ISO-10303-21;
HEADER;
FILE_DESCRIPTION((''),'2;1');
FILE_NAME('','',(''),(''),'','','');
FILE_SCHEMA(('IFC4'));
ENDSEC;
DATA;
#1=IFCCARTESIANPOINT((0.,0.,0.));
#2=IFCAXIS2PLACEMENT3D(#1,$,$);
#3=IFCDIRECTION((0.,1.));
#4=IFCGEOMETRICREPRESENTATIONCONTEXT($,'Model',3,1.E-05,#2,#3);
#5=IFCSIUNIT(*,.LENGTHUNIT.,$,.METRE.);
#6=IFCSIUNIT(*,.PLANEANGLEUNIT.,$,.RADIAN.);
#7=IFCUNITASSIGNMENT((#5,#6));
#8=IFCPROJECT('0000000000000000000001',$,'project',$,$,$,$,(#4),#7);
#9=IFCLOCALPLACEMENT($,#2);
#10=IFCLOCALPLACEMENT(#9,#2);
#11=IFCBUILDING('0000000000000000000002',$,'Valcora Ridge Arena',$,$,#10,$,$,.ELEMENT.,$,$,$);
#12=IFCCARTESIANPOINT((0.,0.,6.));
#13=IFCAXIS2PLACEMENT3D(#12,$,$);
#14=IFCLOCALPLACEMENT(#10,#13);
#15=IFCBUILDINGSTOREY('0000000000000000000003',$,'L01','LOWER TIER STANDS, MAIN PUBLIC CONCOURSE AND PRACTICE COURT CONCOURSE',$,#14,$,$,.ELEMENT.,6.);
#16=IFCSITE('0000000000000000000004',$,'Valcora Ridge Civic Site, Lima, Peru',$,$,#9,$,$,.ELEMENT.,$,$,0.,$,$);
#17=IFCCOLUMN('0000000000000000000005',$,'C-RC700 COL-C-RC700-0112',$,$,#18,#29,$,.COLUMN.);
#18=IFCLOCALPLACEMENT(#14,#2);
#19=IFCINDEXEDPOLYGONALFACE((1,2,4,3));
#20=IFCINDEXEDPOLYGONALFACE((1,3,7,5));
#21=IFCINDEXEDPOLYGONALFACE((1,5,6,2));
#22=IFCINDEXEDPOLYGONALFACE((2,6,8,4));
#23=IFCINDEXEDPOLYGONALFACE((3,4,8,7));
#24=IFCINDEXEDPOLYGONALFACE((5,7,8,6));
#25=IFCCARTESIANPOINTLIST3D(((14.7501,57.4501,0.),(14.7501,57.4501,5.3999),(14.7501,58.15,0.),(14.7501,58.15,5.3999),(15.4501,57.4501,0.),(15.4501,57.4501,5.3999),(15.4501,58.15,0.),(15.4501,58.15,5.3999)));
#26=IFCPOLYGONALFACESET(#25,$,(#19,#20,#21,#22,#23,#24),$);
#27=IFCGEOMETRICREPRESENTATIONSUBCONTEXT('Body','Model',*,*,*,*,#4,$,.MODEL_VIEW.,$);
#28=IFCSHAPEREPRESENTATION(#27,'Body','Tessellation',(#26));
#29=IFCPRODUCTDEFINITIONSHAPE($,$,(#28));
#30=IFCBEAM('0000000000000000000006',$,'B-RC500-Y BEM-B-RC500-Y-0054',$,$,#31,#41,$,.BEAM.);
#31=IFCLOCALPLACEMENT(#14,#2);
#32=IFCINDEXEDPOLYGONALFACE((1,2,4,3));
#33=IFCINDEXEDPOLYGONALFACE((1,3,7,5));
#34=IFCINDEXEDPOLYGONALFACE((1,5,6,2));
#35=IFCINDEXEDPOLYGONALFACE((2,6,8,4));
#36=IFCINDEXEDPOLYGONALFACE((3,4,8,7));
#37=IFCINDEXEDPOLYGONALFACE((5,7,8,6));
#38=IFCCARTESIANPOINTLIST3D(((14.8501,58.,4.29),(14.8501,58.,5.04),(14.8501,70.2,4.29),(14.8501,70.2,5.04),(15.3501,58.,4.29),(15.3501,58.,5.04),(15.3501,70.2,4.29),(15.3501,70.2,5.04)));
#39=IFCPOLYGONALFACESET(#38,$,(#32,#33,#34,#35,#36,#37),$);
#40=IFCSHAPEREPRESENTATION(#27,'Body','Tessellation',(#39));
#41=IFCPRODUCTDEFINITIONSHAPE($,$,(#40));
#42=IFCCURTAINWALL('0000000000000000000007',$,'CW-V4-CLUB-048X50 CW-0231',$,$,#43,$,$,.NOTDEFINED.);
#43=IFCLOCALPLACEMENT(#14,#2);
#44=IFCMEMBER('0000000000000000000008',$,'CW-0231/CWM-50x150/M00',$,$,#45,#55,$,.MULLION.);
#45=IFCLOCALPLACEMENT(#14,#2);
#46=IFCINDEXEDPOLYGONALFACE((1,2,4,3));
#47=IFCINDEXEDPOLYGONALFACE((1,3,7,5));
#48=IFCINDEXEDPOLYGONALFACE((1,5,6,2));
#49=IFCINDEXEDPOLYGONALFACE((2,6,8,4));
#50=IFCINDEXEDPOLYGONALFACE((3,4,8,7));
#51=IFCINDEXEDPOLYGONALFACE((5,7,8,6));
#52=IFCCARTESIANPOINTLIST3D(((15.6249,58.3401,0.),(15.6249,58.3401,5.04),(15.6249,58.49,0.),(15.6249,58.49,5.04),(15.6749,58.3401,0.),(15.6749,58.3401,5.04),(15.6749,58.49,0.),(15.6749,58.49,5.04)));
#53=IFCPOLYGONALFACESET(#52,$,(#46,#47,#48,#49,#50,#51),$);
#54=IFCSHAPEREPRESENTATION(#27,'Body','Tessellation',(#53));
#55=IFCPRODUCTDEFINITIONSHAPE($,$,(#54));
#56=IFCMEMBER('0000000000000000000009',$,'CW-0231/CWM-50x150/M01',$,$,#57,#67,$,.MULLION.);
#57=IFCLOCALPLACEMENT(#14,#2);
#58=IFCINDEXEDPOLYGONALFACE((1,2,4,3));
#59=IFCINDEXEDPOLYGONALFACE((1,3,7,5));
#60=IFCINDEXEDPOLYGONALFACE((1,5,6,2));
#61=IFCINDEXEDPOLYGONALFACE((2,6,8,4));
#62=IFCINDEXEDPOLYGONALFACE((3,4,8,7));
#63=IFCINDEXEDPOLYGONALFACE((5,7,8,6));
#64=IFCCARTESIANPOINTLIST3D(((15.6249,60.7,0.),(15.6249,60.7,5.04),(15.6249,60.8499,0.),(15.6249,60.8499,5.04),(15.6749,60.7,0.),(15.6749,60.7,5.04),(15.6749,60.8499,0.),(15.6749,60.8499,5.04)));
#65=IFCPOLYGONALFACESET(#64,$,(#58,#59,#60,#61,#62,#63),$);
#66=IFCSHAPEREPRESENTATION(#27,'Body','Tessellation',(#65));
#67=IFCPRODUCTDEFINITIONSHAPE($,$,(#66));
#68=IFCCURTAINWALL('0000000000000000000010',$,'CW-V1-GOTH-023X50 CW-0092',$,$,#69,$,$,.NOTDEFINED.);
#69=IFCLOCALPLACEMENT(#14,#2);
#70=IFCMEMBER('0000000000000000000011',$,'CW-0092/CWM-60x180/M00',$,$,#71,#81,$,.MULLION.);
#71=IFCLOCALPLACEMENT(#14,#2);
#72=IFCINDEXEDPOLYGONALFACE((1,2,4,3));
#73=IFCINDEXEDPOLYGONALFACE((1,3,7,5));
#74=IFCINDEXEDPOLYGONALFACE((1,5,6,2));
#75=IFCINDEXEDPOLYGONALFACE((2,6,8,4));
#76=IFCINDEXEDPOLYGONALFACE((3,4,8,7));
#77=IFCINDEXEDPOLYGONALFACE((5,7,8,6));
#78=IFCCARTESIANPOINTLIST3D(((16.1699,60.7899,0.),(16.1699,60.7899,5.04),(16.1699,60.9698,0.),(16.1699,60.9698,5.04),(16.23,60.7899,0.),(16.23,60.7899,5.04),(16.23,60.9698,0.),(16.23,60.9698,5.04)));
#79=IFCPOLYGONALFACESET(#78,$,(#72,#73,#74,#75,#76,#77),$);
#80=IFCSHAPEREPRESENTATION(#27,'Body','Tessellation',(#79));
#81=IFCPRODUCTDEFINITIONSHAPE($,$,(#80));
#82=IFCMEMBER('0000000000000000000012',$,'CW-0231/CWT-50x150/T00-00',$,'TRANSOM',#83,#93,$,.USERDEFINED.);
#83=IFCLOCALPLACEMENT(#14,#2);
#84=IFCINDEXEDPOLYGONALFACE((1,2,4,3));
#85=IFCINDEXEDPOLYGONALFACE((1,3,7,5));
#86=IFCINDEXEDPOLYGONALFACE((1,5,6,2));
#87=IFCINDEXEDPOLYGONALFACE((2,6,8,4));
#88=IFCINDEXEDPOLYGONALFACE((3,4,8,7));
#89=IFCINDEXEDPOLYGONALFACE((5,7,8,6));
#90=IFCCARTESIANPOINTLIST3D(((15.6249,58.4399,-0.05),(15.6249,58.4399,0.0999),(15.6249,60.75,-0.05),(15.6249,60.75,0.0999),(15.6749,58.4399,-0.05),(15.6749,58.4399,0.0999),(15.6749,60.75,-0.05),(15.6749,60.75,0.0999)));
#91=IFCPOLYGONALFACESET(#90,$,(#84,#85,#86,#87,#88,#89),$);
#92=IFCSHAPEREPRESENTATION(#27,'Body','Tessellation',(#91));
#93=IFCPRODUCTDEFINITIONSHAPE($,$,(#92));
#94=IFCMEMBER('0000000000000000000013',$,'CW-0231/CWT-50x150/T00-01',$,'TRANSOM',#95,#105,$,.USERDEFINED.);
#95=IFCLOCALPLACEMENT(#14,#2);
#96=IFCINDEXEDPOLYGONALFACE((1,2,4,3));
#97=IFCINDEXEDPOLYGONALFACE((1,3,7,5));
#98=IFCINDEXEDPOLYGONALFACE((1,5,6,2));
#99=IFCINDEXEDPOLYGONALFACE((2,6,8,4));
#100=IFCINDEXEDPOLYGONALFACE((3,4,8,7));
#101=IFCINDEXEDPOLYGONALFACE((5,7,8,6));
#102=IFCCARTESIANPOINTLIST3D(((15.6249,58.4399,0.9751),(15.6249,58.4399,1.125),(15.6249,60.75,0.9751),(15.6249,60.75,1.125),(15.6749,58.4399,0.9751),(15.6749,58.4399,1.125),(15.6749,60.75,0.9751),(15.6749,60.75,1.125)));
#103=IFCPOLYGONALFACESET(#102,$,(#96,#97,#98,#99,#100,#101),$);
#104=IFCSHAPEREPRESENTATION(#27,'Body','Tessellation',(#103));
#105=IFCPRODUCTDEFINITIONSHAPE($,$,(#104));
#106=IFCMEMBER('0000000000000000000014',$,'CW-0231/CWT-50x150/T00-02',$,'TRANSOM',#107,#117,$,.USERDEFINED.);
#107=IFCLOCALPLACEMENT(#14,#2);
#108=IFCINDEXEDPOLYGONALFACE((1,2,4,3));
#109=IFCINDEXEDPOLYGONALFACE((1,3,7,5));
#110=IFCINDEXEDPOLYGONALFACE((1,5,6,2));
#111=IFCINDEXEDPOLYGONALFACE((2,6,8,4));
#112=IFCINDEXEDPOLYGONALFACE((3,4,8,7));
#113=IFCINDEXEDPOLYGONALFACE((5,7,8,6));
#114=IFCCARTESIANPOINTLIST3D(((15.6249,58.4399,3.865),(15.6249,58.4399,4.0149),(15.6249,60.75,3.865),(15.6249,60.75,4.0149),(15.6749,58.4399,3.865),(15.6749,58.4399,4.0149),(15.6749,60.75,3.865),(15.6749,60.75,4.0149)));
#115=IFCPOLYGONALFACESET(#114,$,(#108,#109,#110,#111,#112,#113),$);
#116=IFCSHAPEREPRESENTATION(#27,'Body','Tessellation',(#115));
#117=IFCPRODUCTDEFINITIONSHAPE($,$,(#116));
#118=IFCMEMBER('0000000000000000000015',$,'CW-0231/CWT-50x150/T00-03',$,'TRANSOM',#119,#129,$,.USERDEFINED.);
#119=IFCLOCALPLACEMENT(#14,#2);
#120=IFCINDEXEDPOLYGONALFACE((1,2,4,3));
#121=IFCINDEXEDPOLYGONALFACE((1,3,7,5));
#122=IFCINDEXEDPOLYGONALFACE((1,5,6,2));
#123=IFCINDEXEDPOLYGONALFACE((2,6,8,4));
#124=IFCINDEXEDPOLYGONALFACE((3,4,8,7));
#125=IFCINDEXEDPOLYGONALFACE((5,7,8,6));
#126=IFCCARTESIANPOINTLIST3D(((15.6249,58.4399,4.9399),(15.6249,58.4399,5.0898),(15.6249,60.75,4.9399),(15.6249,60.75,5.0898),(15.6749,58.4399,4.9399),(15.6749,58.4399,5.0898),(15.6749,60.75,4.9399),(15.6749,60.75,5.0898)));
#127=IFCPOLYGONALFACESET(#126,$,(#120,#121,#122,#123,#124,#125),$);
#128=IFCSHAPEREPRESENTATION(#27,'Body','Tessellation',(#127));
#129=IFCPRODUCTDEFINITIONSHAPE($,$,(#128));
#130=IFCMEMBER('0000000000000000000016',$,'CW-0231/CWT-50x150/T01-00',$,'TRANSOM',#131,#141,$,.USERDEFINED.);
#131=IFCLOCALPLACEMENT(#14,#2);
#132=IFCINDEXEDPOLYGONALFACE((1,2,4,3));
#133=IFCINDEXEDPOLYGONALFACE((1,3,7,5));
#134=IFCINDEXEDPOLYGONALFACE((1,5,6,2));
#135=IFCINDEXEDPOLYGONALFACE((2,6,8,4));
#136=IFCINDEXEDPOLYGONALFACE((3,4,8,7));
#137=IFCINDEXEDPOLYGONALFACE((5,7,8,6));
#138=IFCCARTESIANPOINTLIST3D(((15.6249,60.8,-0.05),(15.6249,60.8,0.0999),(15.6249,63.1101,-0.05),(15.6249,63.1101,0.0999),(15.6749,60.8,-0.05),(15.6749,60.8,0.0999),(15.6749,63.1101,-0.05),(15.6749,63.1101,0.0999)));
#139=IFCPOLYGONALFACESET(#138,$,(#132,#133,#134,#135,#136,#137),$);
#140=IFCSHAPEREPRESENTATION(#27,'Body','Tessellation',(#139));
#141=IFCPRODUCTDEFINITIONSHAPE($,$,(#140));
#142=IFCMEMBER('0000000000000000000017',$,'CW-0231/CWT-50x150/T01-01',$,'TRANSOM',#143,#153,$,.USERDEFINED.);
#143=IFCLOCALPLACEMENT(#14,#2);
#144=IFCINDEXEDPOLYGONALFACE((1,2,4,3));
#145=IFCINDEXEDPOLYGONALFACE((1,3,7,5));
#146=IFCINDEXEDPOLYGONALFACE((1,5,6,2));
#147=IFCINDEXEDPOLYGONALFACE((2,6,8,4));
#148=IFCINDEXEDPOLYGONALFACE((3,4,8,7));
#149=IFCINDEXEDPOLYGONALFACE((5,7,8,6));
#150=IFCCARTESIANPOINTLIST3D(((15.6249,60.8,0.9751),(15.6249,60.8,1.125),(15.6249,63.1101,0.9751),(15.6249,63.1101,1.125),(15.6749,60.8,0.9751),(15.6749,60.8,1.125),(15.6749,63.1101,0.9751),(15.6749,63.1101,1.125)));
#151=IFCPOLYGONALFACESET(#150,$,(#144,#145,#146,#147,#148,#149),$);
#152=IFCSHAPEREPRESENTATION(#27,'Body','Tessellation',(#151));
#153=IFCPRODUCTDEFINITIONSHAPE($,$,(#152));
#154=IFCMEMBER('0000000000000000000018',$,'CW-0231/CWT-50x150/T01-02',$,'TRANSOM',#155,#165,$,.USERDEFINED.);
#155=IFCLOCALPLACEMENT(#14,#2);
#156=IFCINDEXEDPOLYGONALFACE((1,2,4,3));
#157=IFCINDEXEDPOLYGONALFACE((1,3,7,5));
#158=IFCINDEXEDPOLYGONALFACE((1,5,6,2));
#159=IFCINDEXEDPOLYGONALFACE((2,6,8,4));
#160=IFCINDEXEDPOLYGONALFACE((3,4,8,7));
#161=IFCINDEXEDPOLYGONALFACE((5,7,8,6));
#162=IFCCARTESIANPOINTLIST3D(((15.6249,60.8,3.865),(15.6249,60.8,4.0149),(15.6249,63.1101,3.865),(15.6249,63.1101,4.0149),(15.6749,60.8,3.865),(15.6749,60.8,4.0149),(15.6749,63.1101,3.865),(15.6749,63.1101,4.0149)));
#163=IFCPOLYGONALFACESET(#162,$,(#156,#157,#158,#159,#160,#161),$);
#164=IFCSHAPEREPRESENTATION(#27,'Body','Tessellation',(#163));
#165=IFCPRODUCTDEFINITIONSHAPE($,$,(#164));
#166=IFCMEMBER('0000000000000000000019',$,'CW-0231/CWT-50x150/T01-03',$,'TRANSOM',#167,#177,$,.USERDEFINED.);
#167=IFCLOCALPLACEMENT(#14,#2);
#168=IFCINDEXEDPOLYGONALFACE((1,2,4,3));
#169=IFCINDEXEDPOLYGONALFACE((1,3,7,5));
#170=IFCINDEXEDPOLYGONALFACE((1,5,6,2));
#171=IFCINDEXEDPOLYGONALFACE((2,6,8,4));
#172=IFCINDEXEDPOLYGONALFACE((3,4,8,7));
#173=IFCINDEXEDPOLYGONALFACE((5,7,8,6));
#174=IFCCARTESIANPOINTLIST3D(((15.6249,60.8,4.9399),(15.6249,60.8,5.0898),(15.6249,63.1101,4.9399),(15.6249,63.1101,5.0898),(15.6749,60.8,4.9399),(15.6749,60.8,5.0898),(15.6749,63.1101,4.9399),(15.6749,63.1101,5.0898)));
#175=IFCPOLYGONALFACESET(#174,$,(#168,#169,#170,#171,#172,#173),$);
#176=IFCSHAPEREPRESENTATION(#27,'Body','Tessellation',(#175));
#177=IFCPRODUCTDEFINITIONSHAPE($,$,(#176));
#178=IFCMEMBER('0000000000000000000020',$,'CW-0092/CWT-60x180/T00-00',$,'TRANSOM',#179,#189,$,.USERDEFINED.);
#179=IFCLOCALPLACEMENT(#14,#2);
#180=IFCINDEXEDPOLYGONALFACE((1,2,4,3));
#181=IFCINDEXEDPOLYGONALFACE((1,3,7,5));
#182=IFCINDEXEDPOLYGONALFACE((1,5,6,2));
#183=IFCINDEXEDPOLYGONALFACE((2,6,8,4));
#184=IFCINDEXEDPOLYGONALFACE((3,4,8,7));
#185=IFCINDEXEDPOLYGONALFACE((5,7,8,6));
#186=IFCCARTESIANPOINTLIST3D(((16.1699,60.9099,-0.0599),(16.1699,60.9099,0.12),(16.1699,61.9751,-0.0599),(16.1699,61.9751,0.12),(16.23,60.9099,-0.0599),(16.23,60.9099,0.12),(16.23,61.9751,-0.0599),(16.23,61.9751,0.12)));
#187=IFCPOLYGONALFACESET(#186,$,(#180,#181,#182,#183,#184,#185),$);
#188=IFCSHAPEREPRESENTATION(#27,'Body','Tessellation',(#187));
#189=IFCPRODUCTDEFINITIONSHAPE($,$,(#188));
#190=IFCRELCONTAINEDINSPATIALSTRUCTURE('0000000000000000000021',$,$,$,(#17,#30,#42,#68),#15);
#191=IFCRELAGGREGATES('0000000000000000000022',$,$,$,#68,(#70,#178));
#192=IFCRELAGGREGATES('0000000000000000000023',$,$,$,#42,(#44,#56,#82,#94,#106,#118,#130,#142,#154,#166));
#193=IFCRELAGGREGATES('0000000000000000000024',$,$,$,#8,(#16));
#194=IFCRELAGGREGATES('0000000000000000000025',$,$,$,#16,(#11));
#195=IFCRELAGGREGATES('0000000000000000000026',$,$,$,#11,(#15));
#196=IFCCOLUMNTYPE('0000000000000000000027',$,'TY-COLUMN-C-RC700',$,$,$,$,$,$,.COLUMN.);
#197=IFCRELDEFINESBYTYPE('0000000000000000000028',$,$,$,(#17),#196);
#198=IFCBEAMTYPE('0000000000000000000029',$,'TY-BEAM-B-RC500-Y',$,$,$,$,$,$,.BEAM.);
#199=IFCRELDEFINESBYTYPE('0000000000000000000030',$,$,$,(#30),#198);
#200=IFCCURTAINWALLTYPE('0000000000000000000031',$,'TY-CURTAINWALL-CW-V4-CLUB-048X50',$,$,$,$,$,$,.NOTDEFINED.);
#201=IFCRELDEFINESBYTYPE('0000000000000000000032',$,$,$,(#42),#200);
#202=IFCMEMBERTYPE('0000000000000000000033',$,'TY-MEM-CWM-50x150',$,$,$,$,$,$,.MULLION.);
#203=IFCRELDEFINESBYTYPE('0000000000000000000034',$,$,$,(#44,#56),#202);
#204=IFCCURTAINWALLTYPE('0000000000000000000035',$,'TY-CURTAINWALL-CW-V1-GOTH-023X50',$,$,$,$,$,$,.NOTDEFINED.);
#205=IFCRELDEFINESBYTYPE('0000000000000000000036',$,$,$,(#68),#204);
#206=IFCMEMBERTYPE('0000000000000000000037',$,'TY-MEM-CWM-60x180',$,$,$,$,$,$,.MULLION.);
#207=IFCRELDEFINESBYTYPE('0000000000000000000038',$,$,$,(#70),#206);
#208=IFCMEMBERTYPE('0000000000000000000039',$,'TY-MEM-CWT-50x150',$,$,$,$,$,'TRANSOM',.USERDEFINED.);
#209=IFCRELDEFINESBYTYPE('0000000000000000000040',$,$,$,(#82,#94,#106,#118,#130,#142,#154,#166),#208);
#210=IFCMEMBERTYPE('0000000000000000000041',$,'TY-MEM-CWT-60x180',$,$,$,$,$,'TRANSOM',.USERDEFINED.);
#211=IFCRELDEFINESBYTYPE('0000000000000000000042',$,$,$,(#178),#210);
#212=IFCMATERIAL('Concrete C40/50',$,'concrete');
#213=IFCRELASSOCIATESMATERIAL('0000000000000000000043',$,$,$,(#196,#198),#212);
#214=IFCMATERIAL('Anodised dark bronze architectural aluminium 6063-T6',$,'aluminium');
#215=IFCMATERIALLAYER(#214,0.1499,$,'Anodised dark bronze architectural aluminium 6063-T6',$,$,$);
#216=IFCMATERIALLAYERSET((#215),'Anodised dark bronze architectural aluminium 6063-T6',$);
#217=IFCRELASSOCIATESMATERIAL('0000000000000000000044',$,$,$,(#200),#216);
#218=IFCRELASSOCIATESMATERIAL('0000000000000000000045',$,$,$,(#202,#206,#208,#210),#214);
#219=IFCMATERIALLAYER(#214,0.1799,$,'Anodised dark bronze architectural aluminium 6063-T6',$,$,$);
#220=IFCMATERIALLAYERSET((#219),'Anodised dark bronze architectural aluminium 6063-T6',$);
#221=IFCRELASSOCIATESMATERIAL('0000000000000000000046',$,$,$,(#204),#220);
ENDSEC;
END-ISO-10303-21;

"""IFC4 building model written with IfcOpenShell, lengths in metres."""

from ifc_helpers import new_model, si_unit, direction, frame, origin, origin_2d, place, context, subcontext, project, spatial, rectangle, extrude, material, layer, layer_set, material_profile, profile_set, type_object, element, aggregate, save


model = new_model("IFC4")

# Units and contexts
model_context = context("Model", 3, precision=1e-05, world=origin(), true_north=direction((0.0, 1.0)))
body_context = subcontext(model_context, "Body", "Model", "MODEL_VIEW")
ifc_project = project(units=[si_unit("LENGTHUNIT", "METRE"), si_unit("PLANEANGLEUNIT", "RADIAN")], contexts=[model_context])

# Site, building, storey
site_placement = place(None, origin())
site = spatial("IfcSite", under=ifc_project, at=site_placement, Name="Valcora Ridge Civic Site, Lima, Peru", CompositionType="ELEMENT", RefElevation=0.0)
building_placement = place(site_placement, origin())
building = spatial("IfcBuilding", under=site, at=building_placement, Name="Valcora Ridge Arena", CompositionType="ELEMENT")
storey_placement = place(building_placement, frame((0.0, 0.0, 6.0)))
storey = spatial("IfcBuildingStorey", under=building, at=storey_placement, Name="L01", Description="LOWER TIER STANDS, MAIN PUBLIC CONCOURSE AND PRACTICE COURT CONCOURSE", CompositionType="ELEMENT", Elevation=6.0)

# Column
ifc_material_1 = material(Name="Concrete C40/50", Category="concrete")
ifc_material_profile_1 = material_profile(ifc_material_1, rectangle(XDim=0.7, YDim=0.7, at=origin_2d()), Name="RC 700x700")
ifc_profile_set_1 = profile_set([ifc_material_profile_1], Name="Concrete C40/50")
column_type = type_object("IfcColumnType", Name="TY-COLUMN-C-RC700", PredefinedType="COLUMN", material=ifc_profile_set_1)
column_placement = place(storey_placement, frame((15.1001, 57.8, 0.0), z_axis=(0.0, 0.0, 1.0), x_axis=(1.0, 0.0, 0.0)))
element("IfcColumn", 1, at=column_placement, inside=storey, type_object=column_type, Name="C-RC700 COL-C-RC700-0112", PredefinedType="COLUMN", context=body_context, shape_type="SweptSolid", body=[
    extrude(rectangle(XDim=0.7, YDim=0.7, at=origin_2d()), origin(), (0.0, 0.0, 1.0), 5.3999),
])

# Beam
ifc_material_profile_2 = material_profile(ifc_material_1, rectangle(XDim=0.5, YDim=0.75, at=origin_2d()), Name="RC 500x750")
ifc_profile_set_2 = profile_set([ifc_material_profile_2], Name="Concrete C40/50")
beam_type = type_object("IfcBeamType", Name="TY-BEAM-B-RC500-Y", PredefinedType="BEAM", material=ifc_profile_set_2)
beam_placement = place(storey_placement, frame((15.1001, 58.0, 4.665), z_axis=(0.0, 1.0, 0.0), x_axis=(-1.0, 0.0, 0.0)))
element("IfcBeam", 2, at=beam_placement, inside=storey, type_object=beam_type, Name="B-RC500-Y BEM-B-RC500-Y-0054", PredefinedType="BEAM", context=body_context, shape_type="SweptSolid", body=[
    extrude(rectangle(XDim=0.5, YDim=0.75, at=origin_2d()), origin(), (0.0, 0.0, 1.0), 12.2),
])

# Curtain wall, members
ifc_material_2 = material(Name="Anodised dark bronze architectural aluminium 6063-T6", Category="aluminium")
ifc_layer_1 = layer(ifc_material_2, 0.1499, Name="Anodised dark bronze architectural aluminium 6063-T6")
ifc_layer_set_1 = layer_set([ifc_layer_1], Name="Anodised dark bronze architectural aluminium 6063-T6")
curtain_wall_type_1 = type_object("IfcCurtainWallType", Name="TY-CURTAINWALL-CW-V4-CLUB-048X50", PredefinedType="NOTDEFINED", material=ifc_layer_set_1)
curtain_wall_1_placement = place(storey_placement, origin())
curtain_wall_1 = element("IfcCurtainWall", 3, at=curtain_wall_1_placement, inside=storey, type_object=curtain_wall_type_1, Name="CW-V4-CLUB-048X50 CW-0231", PredefinedType="NOTDEFINED")
ifc_material_profile_3 = material_profile(ifc_material_2, rectangle(XDim=0.05, YDim=0.1499, at=origin_2d()), Name="ALU MULLION 50x150")
ifc_profile_set_3 = profile_set([ifc_material_profile_3], Name="Anodised dark bronze architectural aluminium 6063-T6")
member_type_1 = type_object("IfcMemberType", Name="TY-MEM-CWM-50x150", PredefinedType="MULLION", material=ifc_profile_set_3)
member_1_placement = place(storey_placement, frame((15.6499, 58.415, 0.0), z_axis=(0.0, 0.0, 1.0), x_axis=(-1.0, 0.0, 0.0)))
member_1 = element("IfcMember", 4, at=member_1_placement, type_object=member_type_1, Name="CW-0231/CWM-50x150/M00", PredefinedType="MULLION", context=body_context, shape_type="SweptSolid", body=[
    extrude(rectangle(XDim=0.05, YDim=0.1499, at=origin_2d()), origin(), (0.0, 0.0, 1.0), 5.04),
])
member_2_placement = place(storey_placement, frame((15.6499, 60.7749, 0.0), z_axis=(0.0, 0.0, 1.0), x_axis=(-1.0, 0.0, 0.0)))
member_2 = element("IfcMember", 5, at=member_2_placement, type_object=member_type_1, Name="CW-0231/CWM-50x150/M01", PredefinedType="MULLION", context=body_context, shape_type="SweptSolid", body=[
    extrude(rectangle(XDim=0.05, YDim=0.1499, at=origin_2d()), origin(), (0.0, 0.0, 1.0), 5.04),
])

# Curtain wall, member
ifc_layer_2 = layer(ifc_material_2, 0.1799, Name="Anodised dark bronze architectural aluminium 6063-T6")
ifc_layer_set_2 = layer_set([ifc_layer_2], Name="Anodised dark bronze architectural aluminium 6063-T6")
curtain_wall_type_2 = type_object("IfcCurtainWallType", Name="TY-CURTAINWALL-CW-V1-GOTH-023X50", PredefinedType="NOTDEFINED", material=ifc_layer_set_2)
curtain_wall_2_placement = place(storey_placement, origin())
curtain_wall_2 = element("IfcCurtainWall", 6, at=curtain_wall_2_placement, inside=storey, type_object=curtain_wall_type_2, Name="CW-V1-GOTH-023X50 CW-0092", PredefinedType="NOTDEFINED")
ifc_material_profile_4 = material_profile(ifc_material_2, rectangle(XDim=0.0601, YDim=0.1799, at=origin_2d()), Name="ALU MULLION 60x180")
ifc_profile_set_4 = profile_set([ifc_material_profile_4], Name="Anodised dark bronze architectural aluminium 6063-T6")
member_type_2 = type_object("IfcMemberType", Name="TY-MEM-CWM-60x180", PredefinedType="MULLION", material=ifc_profile_set_4)
member_3_placement = place(storey_placement, frame((16.2, 60.8799, 0.0), z_axis=(0.0, 0.0, 1.0), x_axis=(-1.0, 0.0, 0.0)))
member_3 = element("IfcMember", 7, at=member_3_placement, type_object=member_type_2, Name="CW-0092/CWM-60x180/M00", PredefinedType="MULLION", context=body_context, shape_type="SweptSolid", body=[
    extrude(rectangle(XDim=0.0601, YDim=0.1799, at=origin_2d()), origin(), (0.0, 0.0, 1.0), 5.04),
])

# Members
ifc_material_profile_5 = material_profile(ifc_material_2, rectangle(XDim=0.05, YDim=0.1499, at=origin_2d()), Name="ALU TRANSOM 50x150")
ifc_profile_set_5 = profile_set([ifc_material_profile_5], Name="Anodised dark bronze architectural aluminium 6063-T6")
member_type_3 = type_object("IfcMemberType", Name="TY-MEM-CWT-50x150", ElementType="TRANSOM", PredefinedType="USERDEFINED", material=ifc_profile_set_5)
member_4_placement = place(storey_placement, frame((15.6499, 58.4399, 0.0249), z_axis=(0.0, 1.0, 0.0), x_axis=(-1.0, 0.0, 0.0)))
member_4 = element("IfcMember", 8, at=member_4_placement, type_object=member_type_3, Name="CW-0231/CWT-50x150/T00-00", ObjectType="TRANSOM", PredefinedType="USERDEFINED", context=body_context, shape_type="SweptSolid", body=[
    extrude(rectangle(XDim=0.05, YDim=0.1499, at=origin_2d()), origin(), (0.0, 0.0, 1.0), 2.3101),
])
member_5_placement = place(storey_placement, frame((15.6499, 58.4399, 1.05), z_axis=(0.0, 1.0, 0.0), x_axis=(-1.0, 0.0, 0.0)))
member_5 = element("IfcMember", 9, at=member_5_placement, type_object=member_type_3, Name="CW-0231/CWT-50x150/T00-01", ObjectType="TRANSOM", PredefinedType="USERDEFINED", context=body_context, shape_type="SweptSolid", body=[
    extrude(rectangle(XDim=0.05, YDim=0.1499, at=origin_2d()), origin(), (0.0, 0.0, 1.0), 2.3101),
])
member_6_placement = place(storey_placement, frame((15.6499, 58.4399, 3.9399), z_axis=(0.0, 1.0, 0.0), x_axis=(-1.0, 0.0, 0.0)))
member_6 = element("IfcMember", 10, at=member_6_placement, type_object=member_type_3, Name="CW-0231/CWT-50x150/T00-02", ObjectType="TRANSOM", PredefinedType="USERDEFINED", context=body_context, shape_type="SweptSolid", body=[
    extrude(rectangle(XDim=0.05, YDim=0.1499, at=origin_2d()), origin(), (0.0, 0.0, 1.0), 2.3101),
])
member_7_placement = place(storey_placement, frame((15.6499, 58.4399, 5.0149), z_axis=(0.0, 1.0, 0.0), x_axis=(-1.0, 0.0, 0.0)))
member_7 = element("IfcMember", 11, at=member_7_placement, type_object=member_type_3, Name="CW-0231/CWT-50x150/T00-03", ObjectType="TRANSOM", PredefinedType="USERDEFINED", context=body_context, shape_type="SweptSolid", body=[
    extrude(rectangle(XDim=0.05, YDim=0.1499, at=origin_2d()), origin(), (0.0, 0.0, 1.0), 2.3101),
])
member_8_placement = place(storey_placement, frame((15.6499, 60.8, 0.0249), z_axis=(0.0, 1.0, 0.0), x_axis=(-1.0, 0.0, 0.0)))
member_8 = element("IfcMember", 12, at=member_8_placement, type_object=member_type_3, Name="CW-0231/CWT-50x150/T01-00", ObjectType="TRANSOM", PredefinedType="USERDEFINED", context=body_context, shape_type="SweptSolid", body=[
    extrude(rectangle(XDim=0.05, YDim=0.1499, at=origin_2d()), origin(), (0.0, 0.0, 1.0), 2.3101),
])
member_9_placement = place(storey_placement, frame((15.6499, 60.8, 1.05), z_axis=(0.0, 1.0, 0.0), x_axis=(-1.0, 0.0, 0.0)))
member_9 = element("IfcMember", 13, at=member_9_placement, type_object=member_type_3, Name="CW-0231/CWT-50x150/T01-01", ObjectType="TRANSOM", PredefinedType="USERDEFINED", context=body_context, shape_type="SweptSolid", body=[
    extrude(rectangle(XDim=0.05, YDim=0.1499, at=origin_2d()), origin(), (0.0, 0.0, 1.0), 2.3101),
])
member_10_placement = place(storey_placement, frame((15.6499, 60.8, 3.9399), z_axis=(0.0, 1.0, 0.0), x_axis=(-1.0, 0.0, 0.0)))
member_10 = element("IfcMember", 14, at=member_10_placement, type_object=member_type_3, Name="CW-0231/CWT-50x150/T01-02", ObjectType="TRANSOM", PredefinedType="USERDEFINED", context=body_context, shape_type="SweptSolid", body=[
    extrude(rectangle(XDim=0.05, YDim=0.1499, at=origin_2d()), origin(), (0.0, 0.0, 1.0), 2.3101),
])
member_11_placement = place(storey_placement, frame((15.6499, 60.8, 5.0149), z_axis=(0.0, 1.0, 0.0), x_axis=(-1.0, 0.0, 0.0)))
member_11 = element("IfcMember", 15, at=member_11_placement, type_object=member_type_3, Name="CW-0231/CWT-50x150/T01-03", ObjectType="TRANSOM", PredefinedType="USERDEFINED", context=body_context, shape_type="SweptSolid", body=[
    extrude(rectangle(XDim=0.05, YDim=0.1499, at=origin_2d()), origin(), (0.0, 0.0, 1.0), 2.3101),
])
ifc_material_profile_6 = material_profile(ifc_material_2, rectangle(XDim=0.0601, YDim=0.1799, at=origin_2d()), Name="ALU TRANSOM 60x180")
ifc_profile_set_6 = profile_set([ifc_material_profile_6], Name="Anodised dark bronze architectural aluminium 6063-T6")
member_type_4 = type_object("IfcMemberType", Name="TY-MEM-CWT-60x180", ElementType="TRANSOM", PredefinedType="USERDEFINED", material=ifc_profile_set_6)
member_12_placement = place(storey_placement, frame((16.2, 60.9099, 0.03), z_axis=(0.0, 1.0, 0.0), x_axis=(-1.0, 0.0, 0.0)))
member_12 = element("IfcMember", 16, at=member_12_placement, type_object=member_type_4, Name="CW-0092/CWT-60x180/T00-00", ObjectType="TRANSOM", PredefinedType="USERDEFINED", context=body_context, shape_type="SweptSolid", body=[
    extrude(rectangle(XDim=0.0601, YDim=0.1799, at=origin_2d()), origin(), (0.0, 0.0, 1.0), 1.0652),
])
aggregate(curtain_wall_2, [member_3, member_12])

aggregate(curtain_wall_1, [member_1, member_2, member_4, member_5, member_6, member_7, member_8, member_9, member_10, member_11])

save(model, "model.ifc")
